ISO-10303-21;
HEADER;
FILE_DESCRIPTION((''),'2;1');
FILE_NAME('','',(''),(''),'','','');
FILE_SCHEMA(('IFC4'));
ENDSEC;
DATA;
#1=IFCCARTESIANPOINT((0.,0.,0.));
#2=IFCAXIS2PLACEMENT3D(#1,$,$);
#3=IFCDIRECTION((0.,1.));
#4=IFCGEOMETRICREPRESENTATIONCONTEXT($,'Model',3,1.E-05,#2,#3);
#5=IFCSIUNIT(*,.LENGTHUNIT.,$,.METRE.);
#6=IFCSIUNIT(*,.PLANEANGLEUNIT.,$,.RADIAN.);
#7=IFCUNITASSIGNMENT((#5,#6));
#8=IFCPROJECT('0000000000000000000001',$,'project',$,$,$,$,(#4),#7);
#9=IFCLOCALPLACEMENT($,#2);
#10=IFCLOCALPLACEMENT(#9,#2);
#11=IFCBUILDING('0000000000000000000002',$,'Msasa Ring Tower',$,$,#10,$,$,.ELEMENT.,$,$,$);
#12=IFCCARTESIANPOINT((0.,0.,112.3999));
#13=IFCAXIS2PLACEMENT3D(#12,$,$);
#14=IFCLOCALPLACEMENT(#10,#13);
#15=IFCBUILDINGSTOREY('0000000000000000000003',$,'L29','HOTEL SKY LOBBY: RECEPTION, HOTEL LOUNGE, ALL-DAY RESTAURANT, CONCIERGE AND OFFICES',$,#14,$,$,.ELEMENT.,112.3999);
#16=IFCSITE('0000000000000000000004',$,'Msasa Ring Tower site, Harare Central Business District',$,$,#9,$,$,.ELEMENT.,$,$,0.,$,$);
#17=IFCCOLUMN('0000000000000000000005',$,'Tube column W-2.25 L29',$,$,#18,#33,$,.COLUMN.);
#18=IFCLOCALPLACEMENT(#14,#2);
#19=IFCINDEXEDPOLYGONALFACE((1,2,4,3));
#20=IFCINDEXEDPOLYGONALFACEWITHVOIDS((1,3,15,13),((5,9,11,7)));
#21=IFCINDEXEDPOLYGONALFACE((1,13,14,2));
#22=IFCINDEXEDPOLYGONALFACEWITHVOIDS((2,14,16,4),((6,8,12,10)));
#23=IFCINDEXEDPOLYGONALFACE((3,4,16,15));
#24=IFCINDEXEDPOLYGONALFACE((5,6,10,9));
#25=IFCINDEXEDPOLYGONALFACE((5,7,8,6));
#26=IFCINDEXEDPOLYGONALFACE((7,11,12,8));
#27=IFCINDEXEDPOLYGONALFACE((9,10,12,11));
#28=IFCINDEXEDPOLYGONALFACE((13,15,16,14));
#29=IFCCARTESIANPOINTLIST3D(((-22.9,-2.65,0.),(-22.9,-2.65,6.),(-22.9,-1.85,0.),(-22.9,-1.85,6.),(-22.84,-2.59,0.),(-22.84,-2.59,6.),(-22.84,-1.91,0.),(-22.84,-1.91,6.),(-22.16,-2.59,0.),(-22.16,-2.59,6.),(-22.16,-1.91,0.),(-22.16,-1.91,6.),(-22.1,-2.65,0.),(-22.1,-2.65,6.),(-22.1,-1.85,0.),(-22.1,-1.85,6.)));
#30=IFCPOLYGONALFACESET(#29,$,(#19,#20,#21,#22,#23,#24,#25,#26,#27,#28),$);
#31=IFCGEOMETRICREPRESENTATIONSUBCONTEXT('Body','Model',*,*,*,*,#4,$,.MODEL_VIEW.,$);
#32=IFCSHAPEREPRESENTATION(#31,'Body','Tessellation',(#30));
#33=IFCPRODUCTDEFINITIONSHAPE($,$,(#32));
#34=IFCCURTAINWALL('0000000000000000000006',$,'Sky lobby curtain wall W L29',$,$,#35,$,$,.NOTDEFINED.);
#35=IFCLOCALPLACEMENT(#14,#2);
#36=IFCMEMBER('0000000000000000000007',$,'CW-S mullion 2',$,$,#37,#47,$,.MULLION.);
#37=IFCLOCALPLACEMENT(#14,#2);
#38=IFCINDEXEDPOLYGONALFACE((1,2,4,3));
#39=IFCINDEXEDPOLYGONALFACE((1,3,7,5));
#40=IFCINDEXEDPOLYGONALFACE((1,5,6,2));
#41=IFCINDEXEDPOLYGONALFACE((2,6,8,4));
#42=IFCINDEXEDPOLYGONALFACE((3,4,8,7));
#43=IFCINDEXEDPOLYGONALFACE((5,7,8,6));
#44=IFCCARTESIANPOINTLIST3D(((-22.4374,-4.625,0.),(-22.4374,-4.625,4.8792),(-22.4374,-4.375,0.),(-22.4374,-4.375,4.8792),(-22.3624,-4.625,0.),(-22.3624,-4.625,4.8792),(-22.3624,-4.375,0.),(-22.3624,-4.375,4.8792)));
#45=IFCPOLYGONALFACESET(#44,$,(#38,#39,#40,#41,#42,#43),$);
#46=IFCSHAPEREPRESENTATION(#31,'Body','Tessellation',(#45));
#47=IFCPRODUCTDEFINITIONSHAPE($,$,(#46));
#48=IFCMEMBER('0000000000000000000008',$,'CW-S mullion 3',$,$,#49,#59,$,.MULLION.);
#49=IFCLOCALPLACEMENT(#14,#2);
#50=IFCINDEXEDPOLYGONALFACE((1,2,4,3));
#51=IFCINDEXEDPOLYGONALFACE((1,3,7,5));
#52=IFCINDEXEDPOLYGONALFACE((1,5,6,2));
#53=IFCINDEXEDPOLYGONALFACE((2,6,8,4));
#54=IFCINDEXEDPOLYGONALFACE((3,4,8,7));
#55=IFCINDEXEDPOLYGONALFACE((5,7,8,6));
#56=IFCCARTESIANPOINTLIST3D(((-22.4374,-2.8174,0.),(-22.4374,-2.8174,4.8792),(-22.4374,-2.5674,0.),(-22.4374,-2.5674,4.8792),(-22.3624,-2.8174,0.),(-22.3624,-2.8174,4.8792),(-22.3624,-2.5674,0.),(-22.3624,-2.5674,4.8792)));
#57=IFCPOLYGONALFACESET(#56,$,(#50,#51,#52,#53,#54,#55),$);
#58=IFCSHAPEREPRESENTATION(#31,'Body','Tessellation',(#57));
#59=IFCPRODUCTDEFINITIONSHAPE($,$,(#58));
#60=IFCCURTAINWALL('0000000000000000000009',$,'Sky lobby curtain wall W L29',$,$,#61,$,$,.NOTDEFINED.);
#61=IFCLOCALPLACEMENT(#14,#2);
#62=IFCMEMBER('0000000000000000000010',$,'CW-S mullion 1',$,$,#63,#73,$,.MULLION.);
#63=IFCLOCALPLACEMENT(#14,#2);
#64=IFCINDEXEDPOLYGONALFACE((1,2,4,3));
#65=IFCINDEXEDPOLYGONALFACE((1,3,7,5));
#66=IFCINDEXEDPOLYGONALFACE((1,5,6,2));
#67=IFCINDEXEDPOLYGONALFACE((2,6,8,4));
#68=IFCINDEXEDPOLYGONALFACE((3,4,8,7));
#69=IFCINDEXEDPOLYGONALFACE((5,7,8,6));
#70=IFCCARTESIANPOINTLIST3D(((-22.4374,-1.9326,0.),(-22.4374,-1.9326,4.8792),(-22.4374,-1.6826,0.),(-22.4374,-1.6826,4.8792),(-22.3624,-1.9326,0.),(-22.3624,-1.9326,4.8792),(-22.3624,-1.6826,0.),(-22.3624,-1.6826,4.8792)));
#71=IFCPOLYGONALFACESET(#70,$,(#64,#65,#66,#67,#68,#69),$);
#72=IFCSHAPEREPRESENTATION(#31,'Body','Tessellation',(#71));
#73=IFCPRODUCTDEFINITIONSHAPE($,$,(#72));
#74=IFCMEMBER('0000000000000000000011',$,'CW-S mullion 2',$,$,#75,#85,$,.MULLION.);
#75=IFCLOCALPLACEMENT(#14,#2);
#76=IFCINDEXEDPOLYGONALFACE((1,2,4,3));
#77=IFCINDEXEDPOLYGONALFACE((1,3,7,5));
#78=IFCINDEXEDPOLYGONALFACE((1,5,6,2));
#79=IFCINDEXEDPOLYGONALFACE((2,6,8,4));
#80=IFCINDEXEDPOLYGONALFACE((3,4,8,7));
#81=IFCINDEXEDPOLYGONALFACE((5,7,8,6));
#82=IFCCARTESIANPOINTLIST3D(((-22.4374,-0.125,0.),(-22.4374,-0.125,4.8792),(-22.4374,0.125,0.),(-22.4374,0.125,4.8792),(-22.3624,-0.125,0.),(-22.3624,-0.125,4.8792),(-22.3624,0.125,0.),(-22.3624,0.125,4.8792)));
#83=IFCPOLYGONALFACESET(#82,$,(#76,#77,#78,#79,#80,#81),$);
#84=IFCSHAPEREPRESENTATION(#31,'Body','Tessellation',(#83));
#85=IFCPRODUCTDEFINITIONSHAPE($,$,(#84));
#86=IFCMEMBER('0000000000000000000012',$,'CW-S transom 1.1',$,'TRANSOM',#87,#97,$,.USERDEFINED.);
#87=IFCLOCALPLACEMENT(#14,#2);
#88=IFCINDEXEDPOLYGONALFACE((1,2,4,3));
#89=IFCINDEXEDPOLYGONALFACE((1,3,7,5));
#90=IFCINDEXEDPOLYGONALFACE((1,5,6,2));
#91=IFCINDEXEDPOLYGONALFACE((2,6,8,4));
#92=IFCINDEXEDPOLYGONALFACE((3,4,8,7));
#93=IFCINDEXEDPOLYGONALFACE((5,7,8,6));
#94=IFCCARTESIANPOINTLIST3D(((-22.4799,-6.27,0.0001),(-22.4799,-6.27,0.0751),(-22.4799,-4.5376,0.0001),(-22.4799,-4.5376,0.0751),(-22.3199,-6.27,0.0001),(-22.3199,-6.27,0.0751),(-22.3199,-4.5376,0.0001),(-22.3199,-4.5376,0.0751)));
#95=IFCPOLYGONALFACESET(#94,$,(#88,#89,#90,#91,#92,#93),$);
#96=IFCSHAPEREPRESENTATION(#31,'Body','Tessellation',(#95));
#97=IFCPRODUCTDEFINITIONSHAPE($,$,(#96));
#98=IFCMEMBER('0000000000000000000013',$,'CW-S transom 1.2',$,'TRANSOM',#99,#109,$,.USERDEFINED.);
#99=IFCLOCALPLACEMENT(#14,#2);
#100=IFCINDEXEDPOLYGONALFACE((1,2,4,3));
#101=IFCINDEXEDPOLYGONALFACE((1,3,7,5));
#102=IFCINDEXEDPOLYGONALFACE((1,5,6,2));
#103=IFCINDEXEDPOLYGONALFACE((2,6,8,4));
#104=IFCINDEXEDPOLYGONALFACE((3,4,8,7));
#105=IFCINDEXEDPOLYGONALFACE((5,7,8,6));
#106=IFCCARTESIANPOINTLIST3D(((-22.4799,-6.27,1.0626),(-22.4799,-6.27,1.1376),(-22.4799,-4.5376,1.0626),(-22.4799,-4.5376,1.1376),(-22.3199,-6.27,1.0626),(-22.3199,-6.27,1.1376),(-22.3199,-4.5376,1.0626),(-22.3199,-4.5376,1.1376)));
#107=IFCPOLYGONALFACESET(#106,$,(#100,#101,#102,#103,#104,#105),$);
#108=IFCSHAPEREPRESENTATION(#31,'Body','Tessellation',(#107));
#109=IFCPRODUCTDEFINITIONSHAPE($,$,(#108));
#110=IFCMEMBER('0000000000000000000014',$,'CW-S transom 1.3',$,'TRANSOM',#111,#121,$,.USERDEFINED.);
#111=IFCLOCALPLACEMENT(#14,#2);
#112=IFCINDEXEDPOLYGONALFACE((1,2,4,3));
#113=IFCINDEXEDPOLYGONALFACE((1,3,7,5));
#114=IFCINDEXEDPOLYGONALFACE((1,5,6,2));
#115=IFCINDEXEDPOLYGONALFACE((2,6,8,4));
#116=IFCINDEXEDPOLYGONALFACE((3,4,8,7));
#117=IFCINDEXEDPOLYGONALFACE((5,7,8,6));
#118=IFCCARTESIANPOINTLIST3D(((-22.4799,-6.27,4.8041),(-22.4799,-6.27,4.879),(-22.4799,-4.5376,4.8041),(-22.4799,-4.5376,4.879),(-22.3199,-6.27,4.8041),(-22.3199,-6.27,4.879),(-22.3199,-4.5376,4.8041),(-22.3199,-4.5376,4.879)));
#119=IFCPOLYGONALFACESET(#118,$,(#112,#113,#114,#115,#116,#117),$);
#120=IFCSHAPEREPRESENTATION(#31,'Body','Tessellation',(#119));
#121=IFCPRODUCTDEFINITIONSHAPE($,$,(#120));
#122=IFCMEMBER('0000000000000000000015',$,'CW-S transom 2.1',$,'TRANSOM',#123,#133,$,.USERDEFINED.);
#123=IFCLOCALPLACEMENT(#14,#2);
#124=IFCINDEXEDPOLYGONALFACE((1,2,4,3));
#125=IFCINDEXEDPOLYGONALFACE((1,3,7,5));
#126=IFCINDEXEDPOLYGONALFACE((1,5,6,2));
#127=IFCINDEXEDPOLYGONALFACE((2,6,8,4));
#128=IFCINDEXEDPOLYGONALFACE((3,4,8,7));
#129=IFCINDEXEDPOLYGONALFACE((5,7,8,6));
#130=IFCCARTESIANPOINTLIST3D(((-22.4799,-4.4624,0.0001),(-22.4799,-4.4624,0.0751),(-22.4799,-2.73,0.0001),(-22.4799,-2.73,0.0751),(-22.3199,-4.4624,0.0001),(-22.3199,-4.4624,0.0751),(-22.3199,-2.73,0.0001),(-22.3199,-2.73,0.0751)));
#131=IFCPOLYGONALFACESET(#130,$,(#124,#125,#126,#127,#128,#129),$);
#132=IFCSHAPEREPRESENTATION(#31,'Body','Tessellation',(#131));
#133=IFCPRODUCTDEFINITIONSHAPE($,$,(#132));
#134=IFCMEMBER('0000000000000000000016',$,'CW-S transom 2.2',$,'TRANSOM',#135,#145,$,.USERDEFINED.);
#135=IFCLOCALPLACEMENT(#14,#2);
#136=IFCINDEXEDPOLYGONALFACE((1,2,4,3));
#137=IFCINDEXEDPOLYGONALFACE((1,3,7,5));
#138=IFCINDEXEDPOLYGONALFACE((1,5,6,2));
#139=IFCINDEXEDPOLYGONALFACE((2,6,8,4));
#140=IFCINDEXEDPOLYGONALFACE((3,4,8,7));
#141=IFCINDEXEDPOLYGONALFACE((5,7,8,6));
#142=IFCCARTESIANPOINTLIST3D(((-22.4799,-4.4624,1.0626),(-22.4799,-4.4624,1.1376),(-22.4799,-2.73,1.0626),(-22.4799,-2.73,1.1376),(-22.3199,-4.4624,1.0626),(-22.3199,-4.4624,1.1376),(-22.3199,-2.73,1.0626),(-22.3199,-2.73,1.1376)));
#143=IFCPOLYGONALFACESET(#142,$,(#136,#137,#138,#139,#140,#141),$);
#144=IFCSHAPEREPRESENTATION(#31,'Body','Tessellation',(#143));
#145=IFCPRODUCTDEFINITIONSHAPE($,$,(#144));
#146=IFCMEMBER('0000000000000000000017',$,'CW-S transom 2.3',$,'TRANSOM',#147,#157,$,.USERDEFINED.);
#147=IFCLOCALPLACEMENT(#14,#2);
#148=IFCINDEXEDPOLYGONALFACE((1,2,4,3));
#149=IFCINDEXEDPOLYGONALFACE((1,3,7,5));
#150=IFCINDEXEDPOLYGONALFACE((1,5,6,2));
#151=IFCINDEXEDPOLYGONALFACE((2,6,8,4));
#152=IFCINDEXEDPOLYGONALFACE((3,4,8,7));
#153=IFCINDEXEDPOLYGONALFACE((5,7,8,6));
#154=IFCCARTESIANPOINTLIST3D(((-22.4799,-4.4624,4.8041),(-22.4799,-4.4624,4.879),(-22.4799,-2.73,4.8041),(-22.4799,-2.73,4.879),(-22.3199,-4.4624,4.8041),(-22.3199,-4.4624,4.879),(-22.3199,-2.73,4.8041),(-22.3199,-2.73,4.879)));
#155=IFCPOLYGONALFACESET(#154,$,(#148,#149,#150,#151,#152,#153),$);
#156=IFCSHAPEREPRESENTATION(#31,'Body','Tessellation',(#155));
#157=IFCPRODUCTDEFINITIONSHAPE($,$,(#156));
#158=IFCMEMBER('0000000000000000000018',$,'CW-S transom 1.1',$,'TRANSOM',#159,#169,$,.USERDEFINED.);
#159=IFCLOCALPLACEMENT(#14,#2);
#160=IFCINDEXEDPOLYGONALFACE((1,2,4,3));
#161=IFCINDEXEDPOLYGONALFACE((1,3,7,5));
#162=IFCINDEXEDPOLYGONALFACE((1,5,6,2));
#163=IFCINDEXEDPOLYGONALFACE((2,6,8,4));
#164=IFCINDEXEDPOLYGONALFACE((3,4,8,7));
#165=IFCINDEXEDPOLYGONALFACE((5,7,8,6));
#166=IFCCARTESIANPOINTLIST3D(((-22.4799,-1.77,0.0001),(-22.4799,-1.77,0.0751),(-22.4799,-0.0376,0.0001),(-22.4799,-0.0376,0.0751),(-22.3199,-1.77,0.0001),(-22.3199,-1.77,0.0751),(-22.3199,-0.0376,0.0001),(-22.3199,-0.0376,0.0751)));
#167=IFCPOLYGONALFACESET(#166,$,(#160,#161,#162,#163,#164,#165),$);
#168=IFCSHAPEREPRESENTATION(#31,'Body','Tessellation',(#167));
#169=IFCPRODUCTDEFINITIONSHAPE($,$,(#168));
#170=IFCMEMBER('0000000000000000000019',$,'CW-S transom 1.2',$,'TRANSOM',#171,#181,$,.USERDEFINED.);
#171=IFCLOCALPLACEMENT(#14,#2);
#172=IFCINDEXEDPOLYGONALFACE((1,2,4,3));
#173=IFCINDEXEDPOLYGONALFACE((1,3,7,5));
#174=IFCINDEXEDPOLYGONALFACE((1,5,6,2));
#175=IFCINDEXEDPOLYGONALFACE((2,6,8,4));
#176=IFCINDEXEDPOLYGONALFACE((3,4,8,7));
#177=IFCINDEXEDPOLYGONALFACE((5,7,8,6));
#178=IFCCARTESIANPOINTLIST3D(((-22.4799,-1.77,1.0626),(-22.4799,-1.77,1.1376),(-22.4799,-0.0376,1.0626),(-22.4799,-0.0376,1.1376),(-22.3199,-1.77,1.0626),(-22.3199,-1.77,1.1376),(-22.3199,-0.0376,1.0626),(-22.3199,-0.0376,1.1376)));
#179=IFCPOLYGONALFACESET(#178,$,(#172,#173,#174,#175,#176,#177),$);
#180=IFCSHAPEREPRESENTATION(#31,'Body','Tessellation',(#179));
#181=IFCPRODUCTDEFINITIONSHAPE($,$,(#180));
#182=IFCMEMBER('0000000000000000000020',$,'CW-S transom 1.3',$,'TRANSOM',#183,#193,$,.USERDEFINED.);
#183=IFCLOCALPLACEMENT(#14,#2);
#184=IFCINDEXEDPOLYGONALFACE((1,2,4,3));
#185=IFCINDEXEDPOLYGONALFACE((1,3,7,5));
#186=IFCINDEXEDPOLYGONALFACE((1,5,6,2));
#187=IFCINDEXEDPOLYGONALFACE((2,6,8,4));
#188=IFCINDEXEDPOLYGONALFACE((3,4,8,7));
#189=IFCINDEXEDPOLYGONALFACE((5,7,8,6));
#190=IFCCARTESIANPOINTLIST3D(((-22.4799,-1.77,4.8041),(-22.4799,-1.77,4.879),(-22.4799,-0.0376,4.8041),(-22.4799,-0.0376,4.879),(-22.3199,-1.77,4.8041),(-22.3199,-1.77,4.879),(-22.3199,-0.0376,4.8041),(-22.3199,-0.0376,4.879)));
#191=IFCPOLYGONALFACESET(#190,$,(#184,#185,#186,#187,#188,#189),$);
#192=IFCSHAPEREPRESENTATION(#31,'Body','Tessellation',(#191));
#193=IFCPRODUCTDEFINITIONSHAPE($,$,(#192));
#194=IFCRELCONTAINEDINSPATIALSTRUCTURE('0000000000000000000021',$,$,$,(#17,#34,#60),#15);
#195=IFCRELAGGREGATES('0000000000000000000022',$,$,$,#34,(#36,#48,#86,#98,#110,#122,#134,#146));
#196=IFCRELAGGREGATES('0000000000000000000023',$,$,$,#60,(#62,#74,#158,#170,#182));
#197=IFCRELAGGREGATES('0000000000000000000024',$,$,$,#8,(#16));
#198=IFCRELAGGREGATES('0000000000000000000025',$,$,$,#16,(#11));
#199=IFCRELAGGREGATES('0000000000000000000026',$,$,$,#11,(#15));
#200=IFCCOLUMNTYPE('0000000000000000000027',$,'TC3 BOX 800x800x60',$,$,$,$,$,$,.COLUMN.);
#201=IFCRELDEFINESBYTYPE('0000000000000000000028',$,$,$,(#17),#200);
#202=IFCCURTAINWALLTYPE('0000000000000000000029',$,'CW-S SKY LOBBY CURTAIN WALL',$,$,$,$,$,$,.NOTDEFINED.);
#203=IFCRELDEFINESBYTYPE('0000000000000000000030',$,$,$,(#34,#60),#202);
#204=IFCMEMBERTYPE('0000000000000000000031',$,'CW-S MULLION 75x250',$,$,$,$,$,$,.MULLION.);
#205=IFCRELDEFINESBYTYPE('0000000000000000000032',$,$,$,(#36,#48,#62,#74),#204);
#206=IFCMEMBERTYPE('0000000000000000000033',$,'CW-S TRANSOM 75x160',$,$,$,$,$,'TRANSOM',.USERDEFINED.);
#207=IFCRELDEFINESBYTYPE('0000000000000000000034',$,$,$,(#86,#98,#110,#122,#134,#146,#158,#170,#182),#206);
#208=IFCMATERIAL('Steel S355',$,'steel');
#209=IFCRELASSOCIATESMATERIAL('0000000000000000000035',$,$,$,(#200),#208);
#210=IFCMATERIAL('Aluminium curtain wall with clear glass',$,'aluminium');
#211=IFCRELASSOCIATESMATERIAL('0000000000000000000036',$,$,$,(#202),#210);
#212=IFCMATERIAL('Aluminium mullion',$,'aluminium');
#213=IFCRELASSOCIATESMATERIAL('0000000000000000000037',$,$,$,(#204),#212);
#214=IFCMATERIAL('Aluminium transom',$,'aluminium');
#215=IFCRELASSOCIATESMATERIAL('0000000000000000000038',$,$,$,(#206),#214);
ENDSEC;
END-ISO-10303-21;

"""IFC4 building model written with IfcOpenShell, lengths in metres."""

from ifc_helpers import new_model, si_unit, direction, frame, origin, origin_2d, place, context, subcontext, project, spatial, rectangle, hollow_rectangle, extrude, material, material_profile, profile_set, type_object, element, aggregate, save


model = new_model("IFC4")

# Units and contexts
model_context = context("Model", 3, precision=1e-05, world=origin(), true_north=direction((0.0, 1.0)))
body_context = subcontext(model_context, "Body", "Model", "MODEL_VIEW")
ifc_project = project(units=[si_unit("LENGTHUNIT", "METRE"), si_unit("PLANEANGLEUNIT", "RADIAN")], contexts=[model_context])

# Site, building, storey
site_placement = place(None, origin())
site = spatial("IfcSite", under=ifc_project, at=site_placement, Name="Msasa Ring Tower site, Harare Central Business District", CompositionType="ELEMENT", RefElevation=0.0)
building_placement = place(site_placement, origin())
building = spatial("IfcBuilding", under=site, at=building_placement, Name="Msasa Ring Tower", CompositionType="ELEMENT")
storey_placement = place(building_placement, frame((0.0, 0.0, 112.3999)))
storey = spatial("IfcBuildingStorey", under=building, at=storey_placement, Name="L29", Description="HOTEL SKY LOBBY: RECEPTION, HOTEL LOUNGE, ALL-DAY RESTAURANT, CONCIERGE AND OFFICES", CompositionType="ELEMENT", Elevation=112.3999)

# Column
ifc_material_1 = material(Name="Steel S355", Category="steel")
ifc_material_profile_1 = material_profile(ifc_material_1, hollow_rectangle(XDim=0.8, YDim=0.8, WallThickness=0.0601, at=origin_2d()), Name="BOX 800x800x60")
ifc_profile_set_1 = profile_set([ifc_material_profile_1], Name="Steel S355")
column_type = type_object("IfcColumnType", Name="TC3 BOX 800x800x60", PredefinedType="COLUMN", material=ifc_profile_set_1)
column_placement = place(storey_placement, frame((-22.5, -2.25, 0.0), z_axis=(0.0, 0.0, 1.0), x_axis=(1.0, 0.0, 0.0)))
element("IfcColumn", 1, at=column_placement, inside=storey, type_object=column_type, Name="Tube column W-2.25 L29", PredefinedType="COLUMN", context=body_context, shape_type="SweptSolid", body=[
    extrude(hollow_rectangle(XDim=0.8, YDim=0.8, WallThickness=0.0601, at=origin_2d()), origin(), (0.0, 0.0, 1.0), 6.0),
])

# Curtain walls, members
ifc_material_2 = material(Name="Aluminium curtain wall with clear glass", Category="aluminium")
curtain_wall_type = type_object("IfcCurtainWallType", Name="CW-S SKY LOBBY CURTAIN WALL", PredefinedType="NOTDEFINED", material=ifc_material_2)
curtain_wall_1_placement = place(storey_placement, origin())
curtain_wall_1 = element("IfcCurtainWall", 2, at=curtain_wall_1_placement, inside=storey, type_object=curtain_wall_type, Name="Sky lobby curtain wall W L29", PredefinedType="NOTDEFINED")
ifc_material_3 = material(Name="Aluminium mullion", Category="aluminium")
ifc_material_profile_2 = material_profile(ifc_material_3, rectangle(XDim=0.075, YDim=0.25, at=origin_2d()), Name="AL 75x250")
ifc_profile_set_2 = profile_set([ifc_material_profile_2], Name="Aluminium mullion")
member_type_1 = type_object("IfcMemberType", Name="CW-S MULLION 75x250", PredefinedType="MULLION", material=ifc_profile_set_2)
member_1_placement = place(storey_placement, frame((-22.3999, -4.5, 0.0), z_axis=(0.0, 0.0, 1.0), x_axis=(-1.0, 0.0, 0.0)))
member_1 = element("IfcMember", 3, at=member_1_placement, type_object=member_type_1, Name="CW-S mullion 2", PredefinedType="MULLION", context=body_context, shape_type="SweptSolid", body=[
    extrude(rectangle(XDim=0.075, YDim=0.25, at=origin_2d()), origin(), (0.0, 0.0, 1.0), 4.8792),
])
member_2_placement = place(storey_placement, frame((-22.3999, -2.6924, 0.0), z_axis=(0.0, 0.0, 1.0), x_axis=(-1.0, 0.0, 0.0)))
member_2 = element("IfcMember", 4, at=member_2_placement, type_object=member_type_1, Name="CW-S mullion 3", PredefinedType="MULLION", context=body_context, shape_type="SweptSolid", body=[
    extrude(rectangle(XDim=0.075, YDim=0.25, at=origin_2d()), origin(), (0.0, 0.0, 1.0), 4.8792),
])
curtain_wall_2_placement = place(storey_placement, origin())
curtain_wall_2 = element("IfcCurtainWall", 5, at=curtain_wall_2_placement, inside=storey, type_object=curtain_wall_type, Name="Sky lobby curtain wall W L29", PredefinedType="NOTDEFINED")
member_3_placement = place(storey_placement, frame((-22.3999, -1.8076, 0.0), z_axis=(0.0, 0.0, 1.0), x_axis=(-1.0, 0.0, 0.0)))
member_3 = element("IfcMember", 6, at=member_3_placement, type_object=member_type_1, Name="CW-S mullion 1", PredefinedType="MULLION", context=body_context, shape_type="SweptSolid", body=[
    extrude(rectangle(XDim=0.075, YDim=0.25, at=origin_2d()), origin(), (0.0, 0.0, 1.0), 4.8792),
])
member_4_placement = place(storey_placement, frame((-22.3999, 0.0, 0.0), z_axis=(0.0, 0.0, 1.0), x_axis=(-1.0, 0.0, 0.0)))
member_4 = element("IfcMember", 7, at=member_4_placement, type_object=member_type_1, Name="CW-S mullion 2", PredefinedType="MULLION", context=body_context, shape_type="SweptSolid", body=[
    extrude(rectangle(XDim=0.075, YDim=0.25, at=origin_2d()), origin(), (0.0, 0.0, 1.0), 4.8792),
])

# Members
ifc_material_4 = material(Name="Aluminium transom", Category="aluminium")
ifc_material_profile_3 = material_profile(ifc_material_4, rectangle(XDim=0.1599, YDim=0.075, at=origin_2d()), Name="AL 75x160")
ifc_profile_set_3 = profile_set([ifc_material_profile_3], Name="Aluminium transom")
member_type_2 = type_object("IfcMemberType", Name="CW-S TRANSOM 75x160", ElementType="TRANSOM", PredefinedType="USERDEFINED", material=ifc_profile_set_3)
member_5_placement = place(storey_placement, frame((-22.3999, -6.27, 0.0376), z_axis=(0.0, 1.0, 0.0), x_axis=(-1.0, 0.0, 0.0)))
member_5 = element("IfcMember", 8, at=member_5_placement, type_object=member_type_2, Name="CW-S transom 1.1", ObjectType="TRANSOM", PredefinedType="USERDEFINED", context=body_context, shape_type="SweptSolid", body=[
    extrude(rectangle(XDim=0.1599, YDim=0.075, at=origin_2d()), origin(), (0.0, 0.0, 1.0), 1.7324),
])
member_6_placement = place(storey_placement, frame((-22.3999, -6.27, 1.1001), z_axis=(0.0, 1.0, 0.0), x_axis=(-1.0, 0.0, 0.0)))
member_6 = element("IfcMember", 9, at=member_6_placement, type_object=member_type_2, Name="CW-S transom 1.2", ObjectType="TRANSOM", PredefinedType="USERDEFINED", context=body_context, shape_type="SweptSolid", body=[
    extrude(rectangle(XDim=0.1599, YDim=0.075, at=origin_2d()), origin(), (0.0, 0.0, 1.0), 1.7324),
])
member_7_placement = place(storey_placement, frame((-22.3999, -6.27, 4.8416), z_axis=(0.0, 1.0, 0.0), x_axis=(-1.0, 0.0, 0.0)))
member_7 = element("IfcMember", 10, at=member_7_placement, type_object=member_type_2, Name="CW-S transom 1.3", ObjectType="TRANSOM", PredefinedType="USERDEFINED", context=body_context, shape_type="SweptSolid", body=[
    extrude(rectangle(XDim=0.1599, YDim=0.075, at=origin_2d()), origin(), (0.0, 0.0, 1.0), 1.7324),
])
member_8_placement = place(storey_placement, frame((-22.3999, -4.4624, 0.0376), z_axis=(0.0, 1.0, 0.0), x_axis=(-1.0, 0.0, 0.0)))
member_8 = element("IfcMember", 11, at=member_8_placement, type_object=member_type_2, Name="CW-S transom 2.1", ObjectType="TRANSOM", PredefinedType="USERDEFINED", context=body_context, shape_type="SweptSolid", body=[
    extrude(rectangle(XDim=0.1599, YDim=0.075, at=origin_2d()), origin(), (0.0, 0.0, 1.0), 1.7324),
])
member_9_placement = place(storey_placement, frame((-22.3999, -4.4624, 1.1001), z_axis=(0.0, 1.0, 0.0), x_axis=(-1.0, 0.0, 0.0)))
member_9 = element("IfcMember", 12, at=member_9_placement, type_object=member_type_2, Name="CW-S transom 2.2", ObjectType="TRANSOM", PredefinedType="USERDEFINED", context=body_context, shape_type="SweptSolid", body=[
    extrude(rectangle(XDim=0.1599, YDim=0.075, at=origin_2d()), origin(), (0.0, 0.0, 1.0), 1.7324),
])
member_10_placement = place(storey_placement, frame((-22.3999, -4.4624, 4.8416), z_axis=(0.0, 1.0, 0.0), x_axis=(-1.0, 0.0, 0.0)))
member_10 = element("IfcMember", 13, at=member_10_placement, type_object=member_type_2, Name="CW-S transom 2.3", ObjectType="TRANSOM", PredefinedType="USERDEFINED", context=body_context, shape_type="SweptSolid", body=[
    extrude(rectangle(XDim=0.1599, YDim=0.075, at=origin_2d()), origin(), (0.0, 0.0, 1.0), 1.7324),
])
member_11_placement = place(storey_placement, frame((-22.3999, -1.77, 0.0376), z_axis=(0.0, 1.0, 0.0), x_axis=(-1.0, 0.0, 0.0)))
member_11 = element("IfcMember", 14, at=member_11_placement, type_object=member_type_2, Name="CW-S transom 1.1", ObjectType="TRANSOM", PredefinedType="USERDEFINED", context=body_context, shape_type="SweptSolid", body=[
    extrude(rectangle(XDim=0.1599, YDim=0.075, at=origin_2d()), origin(), (0.0, 0.0, 1.0), 1.7324),
])
member_12_placement = place(storey_placement, frame((-22.3999, -1.77, 1.1001), z_axis=(0.0, 1.0, 0.0), x_axis=(-1.0, 0.0, 0.0)))
member_12 = element("IfcMember", 15, at=member_12_placement, type_object=member_type_2, Name="CW-S transom 1.2", ObjectType="TRANSOM", PredefinedType="USERDEFINED", context=body_context, shape_type="SweptSolid", body=[
    extrude(rectangle(XDim=0.1599, YDim=0.075, at=origin_2d()), origin(), (0.0, 0.0, 1.0), 1.7324),
])
member_13_placement = place(storey_placement, frame((-22.3999, -1.77, 4.8416), z_axis=(0.0, 1.0, 0.0), x_axis=(-1.0, 0.0, 0.0)))
member_13 = element("IfcMember", 16, at=member_13_placement, type_object=member_type_2, Name="CW-S transom 1.3", ObjectType="TRANSOM", PredefinedType="USERDEFINED", context=body_context, shape_type="SweptSolid", body=[
    extrude(rectangle(XDim=0.1599, YDim=0.075, at=origin_2d()), origin(), (0.0, 0.0, 1.0), 1.7324),
])

aggregate(curtain_wall_1, [member_1, member_2, member_5, member_6, member_7, member_8, member_9, member_10])
aggregate(curtain_wall_2, [member_3, member_4, member_11, member_12, member_13])

save(model, "model.ifc")
